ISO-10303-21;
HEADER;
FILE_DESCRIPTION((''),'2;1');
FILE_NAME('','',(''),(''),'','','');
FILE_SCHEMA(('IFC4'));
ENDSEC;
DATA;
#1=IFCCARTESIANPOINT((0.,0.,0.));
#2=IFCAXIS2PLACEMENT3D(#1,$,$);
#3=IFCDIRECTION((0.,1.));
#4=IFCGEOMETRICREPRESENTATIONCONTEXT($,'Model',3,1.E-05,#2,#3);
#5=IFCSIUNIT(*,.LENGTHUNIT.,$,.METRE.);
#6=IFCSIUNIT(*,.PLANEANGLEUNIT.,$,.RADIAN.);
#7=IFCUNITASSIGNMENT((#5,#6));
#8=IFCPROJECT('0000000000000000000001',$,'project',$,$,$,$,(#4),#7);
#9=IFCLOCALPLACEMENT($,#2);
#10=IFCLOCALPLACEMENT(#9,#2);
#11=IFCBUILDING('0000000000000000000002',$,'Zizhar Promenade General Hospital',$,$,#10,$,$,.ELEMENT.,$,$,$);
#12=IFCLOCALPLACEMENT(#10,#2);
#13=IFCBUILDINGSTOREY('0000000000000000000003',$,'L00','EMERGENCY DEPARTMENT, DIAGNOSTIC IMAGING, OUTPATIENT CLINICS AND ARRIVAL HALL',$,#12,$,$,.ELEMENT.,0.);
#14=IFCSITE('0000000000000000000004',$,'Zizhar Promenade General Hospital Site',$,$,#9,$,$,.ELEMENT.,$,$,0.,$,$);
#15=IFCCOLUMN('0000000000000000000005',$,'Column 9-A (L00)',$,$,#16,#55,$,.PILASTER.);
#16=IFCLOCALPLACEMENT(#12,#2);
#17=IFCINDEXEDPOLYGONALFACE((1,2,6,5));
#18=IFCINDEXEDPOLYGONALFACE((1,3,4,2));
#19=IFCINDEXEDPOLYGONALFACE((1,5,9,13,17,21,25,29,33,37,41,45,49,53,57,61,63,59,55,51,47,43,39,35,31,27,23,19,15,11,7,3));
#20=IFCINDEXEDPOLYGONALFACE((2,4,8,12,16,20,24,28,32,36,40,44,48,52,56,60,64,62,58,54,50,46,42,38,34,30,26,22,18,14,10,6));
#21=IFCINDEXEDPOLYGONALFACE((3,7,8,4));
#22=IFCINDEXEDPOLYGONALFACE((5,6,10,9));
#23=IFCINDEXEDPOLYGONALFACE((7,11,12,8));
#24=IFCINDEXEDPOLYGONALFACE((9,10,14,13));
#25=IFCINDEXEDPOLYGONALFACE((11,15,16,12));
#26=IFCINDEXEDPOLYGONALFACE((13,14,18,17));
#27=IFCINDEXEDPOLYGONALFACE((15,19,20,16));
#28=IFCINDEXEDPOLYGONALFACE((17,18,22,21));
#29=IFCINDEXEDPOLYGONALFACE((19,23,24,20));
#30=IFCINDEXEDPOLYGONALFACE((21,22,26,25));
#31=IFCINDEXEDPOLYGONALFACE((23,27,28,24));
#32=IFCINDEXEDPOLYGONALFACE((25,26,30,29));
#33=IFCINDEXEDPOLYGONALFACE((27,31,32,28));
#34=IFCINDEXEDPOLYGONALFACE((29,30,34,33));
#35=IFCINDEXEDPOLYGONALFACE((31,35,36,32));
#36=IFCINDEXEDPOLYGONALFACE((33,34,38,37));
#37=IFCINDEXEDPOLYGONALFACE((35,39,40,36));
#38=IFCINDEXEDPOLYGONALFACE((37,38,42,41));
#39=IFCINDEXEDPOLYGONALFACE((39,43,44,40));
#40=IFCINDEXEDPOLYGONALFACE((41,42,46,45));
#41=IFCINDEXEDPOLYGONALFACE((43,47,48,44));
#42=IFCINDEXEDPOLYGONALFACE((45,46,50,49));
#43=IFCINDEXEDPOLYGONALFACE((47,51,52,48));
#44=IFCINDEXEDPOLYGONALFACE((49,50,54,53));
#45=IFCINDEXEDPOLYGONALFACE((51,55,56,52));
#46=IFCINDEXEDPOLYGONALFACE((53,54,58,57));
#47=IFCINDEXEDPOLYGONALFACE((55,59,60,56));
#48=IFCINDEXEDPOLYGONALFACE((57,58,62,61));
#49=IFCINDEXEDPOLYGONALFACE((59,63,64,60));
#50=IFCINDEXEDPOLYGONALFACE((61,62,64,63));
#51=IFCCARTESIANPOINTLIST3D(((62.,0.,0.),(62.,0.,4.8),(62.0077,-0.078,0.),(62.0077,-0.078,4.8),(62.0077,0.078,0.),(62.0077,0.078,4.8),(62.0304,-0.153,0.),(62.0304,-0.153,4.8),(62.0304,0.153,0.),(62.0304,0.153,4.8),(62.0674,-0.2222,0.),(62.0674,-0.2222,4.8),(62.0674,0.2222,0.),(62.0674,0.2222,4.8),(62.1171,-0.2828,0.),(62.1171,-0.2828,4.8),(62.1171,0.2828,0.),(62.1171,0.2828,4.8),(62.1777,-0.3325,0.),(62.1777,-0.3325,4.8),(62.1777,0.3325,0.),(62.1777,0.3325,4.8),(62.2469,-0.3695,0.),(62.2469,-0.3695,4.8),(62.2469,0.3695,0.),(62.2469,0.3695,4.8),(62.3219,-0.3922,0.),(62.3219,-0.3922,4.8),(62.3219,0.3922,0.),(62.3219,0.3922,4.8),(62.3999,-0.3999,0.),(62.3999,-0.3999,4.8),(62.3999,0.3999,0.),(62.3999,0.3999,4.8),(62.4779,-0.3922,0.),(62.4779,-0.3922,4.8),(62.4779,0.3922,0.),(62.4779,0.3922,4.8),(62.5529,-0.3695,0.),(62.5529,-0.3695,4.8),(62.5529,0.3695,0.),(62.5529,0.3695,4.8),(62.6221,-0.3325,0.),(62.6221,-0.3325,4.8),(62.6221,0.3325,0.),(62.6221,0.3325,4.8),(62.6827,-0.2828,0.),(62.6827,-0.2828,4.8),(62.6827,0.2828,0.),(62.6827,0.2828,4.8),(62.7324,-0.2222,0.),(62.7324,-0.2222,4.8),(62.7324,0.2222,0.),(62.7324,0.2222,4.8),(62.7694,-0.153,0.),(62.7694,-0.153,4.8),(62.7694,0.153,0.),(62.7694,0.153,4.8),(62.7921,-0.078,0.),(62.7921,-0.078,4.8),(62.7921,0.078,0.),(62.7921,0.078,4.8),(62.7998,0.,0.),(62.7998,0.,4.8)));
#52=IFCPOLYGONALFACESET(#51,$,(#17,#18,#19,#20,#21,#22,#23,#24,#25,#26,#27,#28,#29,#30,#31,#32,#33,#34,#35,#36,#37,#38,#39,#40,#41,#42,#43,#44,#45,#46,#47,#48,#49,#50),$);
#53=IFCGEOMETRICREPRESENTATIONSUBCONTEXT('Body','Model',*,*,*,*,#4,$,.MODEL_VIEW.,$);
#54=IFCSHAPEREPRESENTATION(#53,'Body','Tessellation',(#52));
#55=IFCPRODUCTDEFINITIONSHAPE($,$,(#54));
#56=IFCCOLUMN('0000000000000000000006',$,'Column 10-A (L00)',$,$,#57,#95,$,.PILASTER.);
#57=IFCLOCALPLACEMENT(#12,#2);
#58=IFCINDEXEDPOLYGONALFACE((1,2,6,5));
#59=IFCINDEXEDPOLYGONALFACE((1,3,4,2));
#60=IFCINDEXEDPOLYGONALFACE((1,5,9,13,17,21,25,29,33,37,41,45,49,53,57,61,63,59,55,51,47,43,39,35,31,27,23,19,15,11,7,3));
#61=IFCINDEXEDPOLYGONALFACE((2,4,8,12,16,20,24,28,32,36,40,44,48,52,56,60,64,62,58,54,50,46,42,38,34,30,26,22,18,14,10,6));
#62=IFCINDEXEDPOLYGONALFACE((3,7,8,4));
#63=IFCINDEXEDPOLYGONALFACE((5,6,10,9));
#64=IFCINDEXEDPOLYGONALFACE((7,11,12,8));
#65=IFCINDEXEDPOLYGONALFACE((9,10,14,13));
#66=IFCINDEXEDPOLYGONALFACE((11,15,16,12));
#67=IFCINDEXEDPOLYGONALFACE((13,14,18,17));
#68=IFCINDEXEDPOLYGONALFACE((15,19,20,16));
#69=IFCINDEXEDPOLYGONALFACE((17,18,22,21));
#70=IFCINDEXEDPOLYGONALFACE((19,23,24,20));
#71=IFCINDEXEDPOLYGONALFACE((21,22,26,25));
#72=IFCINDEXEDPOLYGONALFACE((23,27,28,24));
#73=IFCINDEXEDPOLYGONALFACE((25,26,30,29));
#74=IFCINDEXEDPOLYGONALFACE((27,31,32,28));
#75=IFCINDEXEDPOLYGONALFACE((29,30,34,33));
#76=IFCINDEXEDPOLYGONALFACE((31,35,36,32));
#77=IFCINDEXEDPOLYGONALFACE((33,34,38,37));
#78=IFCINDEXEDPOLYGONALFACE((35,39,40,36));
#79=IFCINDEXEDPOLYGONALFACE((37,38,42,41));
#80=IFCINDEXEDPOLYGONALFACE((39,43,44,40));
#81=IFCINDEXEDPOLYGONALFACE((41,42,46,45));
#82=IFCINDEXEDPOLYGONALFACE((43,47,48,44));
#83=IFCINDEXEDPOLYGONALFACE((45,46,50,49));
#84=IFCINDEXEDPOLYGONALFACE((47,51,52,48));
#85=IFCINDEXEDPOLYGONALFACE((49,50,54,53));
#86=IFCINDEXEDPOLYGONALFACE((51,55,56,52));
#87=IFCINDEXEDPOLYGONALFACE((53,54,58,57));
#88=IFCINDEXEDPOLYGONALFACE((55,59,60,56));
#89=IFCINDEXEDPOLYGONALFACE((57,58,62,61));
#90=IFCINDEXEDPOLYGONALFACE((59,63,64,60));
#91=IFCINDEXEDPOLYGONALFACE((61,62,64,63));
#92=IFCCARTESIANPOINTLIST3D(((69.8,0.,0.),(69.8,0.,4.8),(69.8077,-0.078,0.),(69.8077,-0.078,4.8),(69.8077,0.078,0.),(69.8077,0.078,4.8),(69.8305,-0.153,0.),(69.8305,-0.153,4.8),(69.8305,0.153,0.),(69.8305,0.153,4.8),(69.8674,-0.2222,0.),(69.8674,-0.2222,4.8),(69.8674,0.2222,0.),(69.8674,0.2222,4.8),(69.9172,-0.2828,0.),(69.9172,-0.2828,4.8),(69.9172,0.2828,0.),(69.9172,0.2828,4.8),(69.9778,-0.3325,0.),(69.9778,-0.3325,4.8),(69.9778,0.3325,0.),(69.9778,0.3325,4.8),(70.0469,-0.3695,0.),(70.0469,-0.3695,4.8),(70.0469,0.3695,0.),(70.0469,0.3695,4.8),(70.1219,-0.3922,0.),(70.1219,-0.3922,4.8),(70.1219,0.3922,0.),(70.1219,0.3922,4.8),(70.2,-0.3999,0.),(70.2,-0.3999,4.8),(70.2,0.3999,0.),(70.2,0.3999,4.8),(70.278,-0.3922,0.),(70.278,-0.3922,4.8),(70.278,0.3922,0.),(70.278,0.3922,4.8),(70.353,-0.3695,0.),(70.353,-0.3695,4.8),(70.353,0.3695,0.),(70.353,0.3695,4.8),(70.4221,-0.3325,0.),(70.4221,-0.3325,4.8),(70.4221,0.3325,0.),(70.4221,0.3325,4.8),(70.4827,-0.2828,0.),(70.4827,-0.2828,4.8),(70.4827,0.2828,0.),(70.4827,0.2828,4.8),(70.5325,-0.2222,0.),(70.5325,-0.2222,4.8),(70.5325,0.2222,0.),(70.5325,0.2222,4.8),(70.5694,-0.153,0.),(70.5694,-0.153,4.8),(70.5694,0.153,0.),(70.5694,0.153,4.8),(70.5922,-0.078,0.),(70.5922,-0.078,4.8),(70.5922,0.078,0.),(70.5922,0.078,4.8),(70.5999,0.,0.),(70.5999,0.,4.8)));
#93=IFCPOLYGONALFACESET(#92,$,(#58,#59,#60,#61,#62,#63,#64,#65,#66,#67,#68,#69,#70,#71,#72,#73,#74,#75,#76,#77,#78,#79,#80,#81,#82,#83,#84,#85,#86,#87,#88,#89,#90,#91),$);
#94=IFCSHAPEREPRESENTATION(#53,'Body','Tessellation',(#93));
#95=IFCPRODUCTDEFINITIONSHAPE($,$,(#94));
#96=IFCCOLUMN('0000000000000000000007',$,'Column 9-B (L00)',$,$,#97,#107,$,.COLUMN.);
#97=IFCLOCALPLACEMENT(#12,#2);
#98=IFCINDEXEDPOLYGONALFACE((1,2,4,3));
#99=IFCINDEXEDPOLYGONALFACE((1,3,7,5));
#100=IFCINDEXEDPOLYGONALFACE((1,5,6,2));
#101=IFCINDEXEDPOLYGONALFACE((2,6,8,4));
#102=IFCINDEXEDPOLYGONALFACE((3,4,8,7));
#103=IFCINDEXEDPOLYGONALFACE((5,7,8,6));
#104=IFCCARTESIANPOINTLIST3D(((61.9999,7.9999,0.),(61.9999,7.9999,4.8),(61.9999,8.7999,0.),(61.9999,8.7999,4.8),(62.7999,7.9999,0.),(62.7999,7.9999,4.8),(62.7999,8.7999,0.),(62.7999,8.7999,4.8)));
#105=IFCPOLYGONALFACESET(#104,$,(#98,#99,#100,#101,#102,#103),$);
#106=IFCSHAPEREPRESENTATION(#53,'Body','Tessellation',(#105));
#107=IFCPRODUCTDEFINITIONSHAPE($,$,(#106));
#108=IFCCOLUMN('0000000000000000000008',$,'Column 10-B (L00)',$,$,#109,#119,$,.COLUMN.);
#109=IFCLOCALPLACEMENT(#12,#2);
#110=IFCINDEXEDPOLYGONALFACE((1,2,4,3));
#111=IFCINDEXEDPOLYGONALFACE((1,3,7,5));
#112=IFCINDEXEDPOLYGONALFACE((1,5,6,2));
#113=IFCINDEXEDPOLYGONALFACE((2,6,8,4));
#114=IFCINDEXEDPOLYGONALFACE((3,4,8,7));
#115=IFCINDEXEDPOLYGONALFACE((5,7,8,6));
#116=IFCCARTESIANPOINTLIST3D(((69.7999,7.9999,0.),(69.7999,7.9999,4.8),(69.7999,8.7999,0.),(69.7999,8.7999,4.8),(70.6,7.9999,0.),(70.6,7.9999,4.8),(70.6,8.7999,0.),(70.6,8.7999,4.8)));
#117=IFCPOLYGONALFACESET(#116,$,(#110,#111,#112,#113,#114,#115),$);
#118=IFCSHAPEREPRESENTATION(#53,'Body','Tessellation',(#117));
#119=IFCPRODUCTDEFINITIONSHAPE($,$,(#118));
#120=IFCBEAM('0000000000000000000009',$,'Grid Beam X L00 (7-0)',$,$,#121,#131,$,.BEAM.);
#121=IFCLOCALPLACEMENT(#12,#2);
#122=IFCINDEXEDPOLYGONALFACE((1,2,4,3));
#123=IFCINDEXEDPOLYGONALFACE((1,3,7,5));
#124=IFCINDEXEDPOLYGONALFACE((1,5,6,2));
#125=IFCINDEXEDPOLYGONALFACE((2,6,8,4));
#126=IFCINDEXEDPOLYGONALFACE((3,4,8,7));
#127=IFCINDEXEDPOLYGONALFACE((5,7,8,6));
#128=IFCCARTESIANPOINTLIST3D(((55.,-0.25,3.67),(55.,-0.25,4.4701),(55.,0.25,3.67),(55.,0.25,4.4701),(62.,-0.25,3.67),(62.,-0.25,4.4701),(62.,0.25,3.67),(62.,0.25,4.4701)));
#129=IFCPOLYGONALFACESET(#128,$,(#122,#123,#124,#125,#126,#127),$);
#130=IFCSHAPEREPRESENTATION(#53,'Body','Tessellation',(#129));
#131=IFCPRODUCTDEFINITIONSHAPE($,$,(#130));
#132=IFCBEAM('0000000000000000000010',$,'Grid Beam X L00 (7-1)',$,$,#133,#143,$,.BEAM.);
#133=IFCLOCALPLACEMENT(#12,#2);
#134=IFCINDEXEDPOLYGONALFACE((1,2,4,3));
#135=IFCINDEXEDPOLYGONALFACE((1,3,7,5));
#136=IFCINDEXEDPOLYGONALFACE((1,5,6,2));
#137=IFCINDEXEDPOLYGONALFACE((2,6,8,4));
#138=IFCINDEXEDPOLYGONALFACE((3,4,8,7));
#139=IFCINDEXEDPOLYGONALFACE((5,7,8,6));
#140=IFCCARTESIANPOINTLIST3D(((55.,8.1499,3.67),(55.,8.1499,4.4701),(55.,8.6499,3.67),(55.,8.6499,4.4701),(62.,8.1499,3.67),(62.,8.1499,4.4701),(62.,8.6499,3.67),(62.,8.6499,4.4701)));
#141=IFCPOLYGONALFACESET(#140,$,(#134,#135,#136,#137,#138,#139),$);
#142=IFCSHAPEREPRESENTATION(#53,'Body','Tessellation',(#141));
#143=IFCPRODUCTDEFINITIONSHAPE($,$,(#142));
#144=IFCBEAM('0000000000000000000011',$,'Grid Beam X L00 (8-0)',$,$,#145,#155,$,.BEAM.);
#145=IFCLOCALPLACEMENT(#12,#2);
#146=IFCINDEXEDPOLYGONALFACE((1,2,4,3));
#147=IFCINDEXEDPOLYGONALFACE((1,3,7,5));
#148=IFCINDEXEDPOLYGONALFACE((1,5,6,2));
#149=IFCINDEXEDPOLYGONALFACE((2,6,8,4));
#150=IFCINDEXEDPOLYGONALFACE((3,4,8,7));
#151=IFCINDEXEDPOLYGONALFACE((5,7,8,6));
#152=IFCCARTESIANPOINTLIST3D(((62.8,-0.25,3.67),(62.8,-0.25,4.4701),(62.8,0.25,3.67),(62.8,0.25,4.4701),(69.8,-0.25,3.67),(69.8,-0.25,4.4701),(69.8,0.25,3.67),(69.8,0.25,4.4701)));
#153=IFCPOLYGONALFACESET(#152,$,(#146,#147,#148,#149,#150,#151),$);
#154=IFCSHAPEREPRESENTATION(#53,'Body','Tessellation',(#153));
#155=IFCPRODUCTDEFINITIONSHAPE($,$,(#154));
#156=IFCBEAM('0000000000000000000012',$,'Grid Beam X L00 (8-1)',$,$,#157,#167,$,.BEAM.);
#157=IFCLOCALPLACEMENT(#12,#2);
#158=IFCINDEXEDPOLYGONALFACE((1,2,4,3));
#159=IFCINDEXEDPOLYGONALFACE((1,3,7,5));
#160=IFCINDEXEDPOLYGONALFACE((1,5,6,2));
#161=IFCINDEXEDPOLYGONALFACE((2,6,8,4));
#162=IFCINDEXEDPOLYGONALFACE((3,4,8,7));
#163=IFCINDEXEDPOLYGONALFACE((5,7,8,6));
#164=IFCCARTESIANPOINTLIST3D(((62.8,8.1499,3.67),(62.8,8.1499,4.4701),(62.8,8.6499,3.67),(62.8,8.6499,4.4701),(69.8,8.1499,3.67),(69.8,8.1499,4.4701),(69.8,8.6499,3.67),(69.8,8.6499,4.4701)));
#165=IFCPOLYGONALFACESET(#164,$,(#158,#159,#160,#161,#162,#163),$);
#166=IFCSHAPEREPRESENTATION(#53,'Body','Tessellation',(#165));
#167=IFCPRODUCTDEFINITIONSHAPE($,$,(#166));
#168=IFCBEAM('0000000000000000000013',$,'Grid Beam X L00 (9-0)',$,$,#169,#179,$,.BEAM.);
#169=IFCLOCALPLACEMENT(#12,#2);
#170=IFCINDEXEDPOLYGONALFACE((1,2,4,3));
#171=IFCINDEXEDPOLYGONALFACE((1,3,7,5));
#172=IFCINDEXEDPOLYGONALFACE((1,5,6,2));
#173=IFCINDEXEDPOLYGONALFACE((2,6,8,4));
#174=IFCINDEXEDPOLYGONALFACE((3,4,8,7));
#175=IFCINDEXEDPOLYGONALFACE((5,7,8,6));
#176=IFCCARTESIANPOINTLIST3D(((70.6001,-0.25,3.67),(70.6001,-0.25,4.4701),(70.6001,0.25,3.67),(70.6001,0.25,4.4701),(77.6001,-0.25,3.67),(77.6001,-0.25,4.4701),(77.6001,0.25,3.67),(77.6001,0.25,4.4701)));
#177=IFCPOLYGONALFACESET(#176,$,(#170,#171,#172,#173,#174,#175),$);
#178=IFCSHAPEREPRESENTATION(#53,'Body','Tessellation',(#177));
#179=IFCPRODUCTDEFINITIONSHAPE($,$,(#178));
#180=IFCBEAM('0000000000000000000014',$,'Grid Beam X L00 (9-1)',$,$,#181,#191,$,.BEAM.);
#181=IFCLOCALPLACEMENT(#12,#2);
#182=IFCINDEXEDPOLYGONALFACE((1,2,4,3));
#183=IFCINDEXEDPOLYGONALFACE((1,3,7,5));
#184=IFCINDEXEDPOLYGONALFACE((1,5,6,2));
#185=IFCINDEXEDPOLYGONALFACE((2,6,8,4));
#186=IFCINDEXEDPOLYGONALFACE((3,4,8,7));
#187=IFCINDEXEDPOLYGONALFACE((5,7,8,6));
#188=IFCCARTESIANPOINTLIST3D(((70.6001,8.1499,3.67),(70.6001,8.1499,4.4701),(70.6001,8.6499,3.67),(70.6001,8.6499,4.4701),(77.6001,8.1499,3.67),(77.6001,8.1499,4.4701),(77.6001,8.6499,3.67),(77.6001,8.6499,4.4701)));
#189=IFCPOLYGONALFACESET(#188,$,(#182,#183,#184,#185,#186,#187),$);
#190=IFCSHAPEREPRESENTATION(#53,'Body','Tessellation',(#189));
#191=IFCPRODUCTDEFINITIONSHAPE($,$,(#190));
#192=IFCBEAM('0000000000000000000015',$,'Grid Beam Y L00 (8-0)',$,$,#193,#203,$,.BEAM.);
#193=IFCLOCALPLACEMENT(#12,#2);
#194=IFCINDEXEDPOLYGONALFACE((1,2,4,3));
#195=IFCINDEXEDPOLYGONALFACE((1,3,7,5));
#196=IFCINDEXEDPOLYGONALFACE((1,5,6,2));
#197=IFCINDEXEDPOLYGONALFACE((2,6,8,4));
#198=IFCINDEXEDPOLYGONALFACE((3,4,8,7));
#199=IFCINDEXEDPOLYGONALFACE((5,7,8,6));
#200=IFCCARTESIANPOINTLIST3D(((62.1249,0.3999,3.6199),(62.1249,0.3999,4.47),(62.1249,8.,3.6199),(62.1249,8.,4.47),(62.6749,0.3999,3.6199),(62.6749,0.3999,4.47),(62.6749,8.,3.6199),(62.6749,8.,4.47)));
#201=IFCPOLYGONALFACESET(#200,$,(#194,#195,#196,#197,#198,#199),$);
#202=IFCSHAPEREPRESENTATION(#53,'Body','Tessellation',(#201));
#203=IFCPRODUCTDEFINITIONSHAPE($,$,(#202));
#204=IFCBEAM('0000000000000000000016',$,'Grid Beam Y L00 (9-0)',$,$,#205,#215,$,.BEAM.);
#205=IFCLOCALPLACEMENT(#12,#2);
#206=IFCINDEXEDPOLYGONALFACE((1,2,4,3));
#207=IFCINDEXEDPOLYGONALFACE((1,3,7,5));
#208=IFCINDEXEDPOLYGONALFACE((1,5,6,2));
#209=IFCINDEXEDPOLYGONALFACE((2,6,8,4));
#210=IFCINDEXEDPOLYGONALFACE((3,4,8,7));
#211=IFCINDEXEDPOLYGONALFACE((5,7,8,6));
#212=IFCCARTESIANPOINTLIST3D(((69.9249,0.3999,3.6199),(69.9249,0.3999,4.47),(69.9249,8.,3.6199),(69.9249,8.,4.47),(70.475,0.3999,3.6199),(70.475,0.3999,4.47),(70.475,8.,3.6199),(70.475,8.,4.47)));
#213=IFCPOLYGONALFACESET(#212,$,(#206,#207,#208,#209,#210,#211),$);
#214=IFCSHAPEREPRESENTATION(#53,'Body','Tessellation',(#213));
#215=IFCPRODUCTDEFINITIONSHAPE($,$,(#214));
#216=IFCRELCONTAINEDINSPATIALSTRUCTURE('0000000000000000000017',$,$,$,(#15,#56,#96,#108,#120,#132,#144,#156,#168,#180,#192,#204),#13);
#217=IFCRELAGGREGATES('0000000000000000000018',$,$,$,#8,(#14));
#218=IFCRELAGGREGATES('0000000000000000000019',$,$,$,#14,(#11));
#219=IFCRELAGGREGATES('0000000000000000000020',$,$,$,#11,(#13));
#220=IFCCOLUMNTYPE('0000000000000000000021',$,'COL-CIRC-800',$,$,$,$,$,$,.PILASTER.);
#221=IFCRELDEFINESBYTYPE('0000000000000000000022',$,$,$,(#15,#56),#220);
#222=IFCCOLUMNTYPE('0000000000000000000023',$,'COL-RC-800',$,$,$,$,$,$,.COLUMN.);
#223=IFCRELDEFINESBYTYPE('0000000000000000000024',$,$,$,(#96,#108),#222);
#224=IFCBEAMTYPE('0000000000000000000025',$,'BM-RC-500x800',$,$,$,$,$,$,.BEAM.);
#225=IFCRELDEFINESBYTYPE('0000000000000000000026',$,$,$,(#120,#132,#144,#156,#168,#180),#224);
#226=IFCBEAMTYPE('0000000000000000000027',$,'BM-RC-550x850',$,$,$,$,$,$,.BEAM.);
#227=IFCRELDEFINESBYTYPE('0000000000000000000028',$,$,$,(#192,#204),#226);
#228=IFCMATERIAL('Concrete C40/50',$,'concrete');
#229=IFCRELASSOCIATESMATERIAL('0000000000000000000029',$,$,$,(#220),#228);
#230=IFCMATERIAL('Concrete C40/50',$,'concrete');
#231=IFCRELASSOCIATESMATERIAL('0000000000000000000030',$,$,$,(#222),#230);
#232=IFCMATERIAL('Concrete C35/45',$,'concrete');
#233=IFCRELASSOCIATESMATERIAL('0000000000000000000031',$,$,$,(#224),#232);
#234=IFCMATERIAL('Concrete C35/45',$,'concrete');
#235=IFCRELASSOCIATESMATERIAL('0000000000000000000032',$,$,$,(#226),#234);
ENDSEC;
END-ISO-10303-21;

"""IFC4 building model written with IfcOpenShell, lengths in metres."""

from ifc_helpers import new_model, si_unit, direction, frame, origin, origin_2d, place, context, subcontext, project, spatial, rectangle, circle, extrude, material, material_profile, profile_set, type_object, element, save


model = new_model("IFC4")

# Units and contexts
model_context = context("Model", 3, precision=1e-05, world=origin(), true_north=direction((0.0, 1.0)))
body_context = subcontext(model_context, "Body", "Model", "MODEL_VIEW")
ifc_project = project(units=[si_unit("LENGTHUNIT", "METRE"), si_unit("PLANEANGLEUNIT", "RADIAN")], contexts=[model_context])

# Site, building, storey
site_placement = place(None, origin())
site = spatial("IfcSite", under=ifc_project, at=site_placement, Name="Zizhar Promenade General Hospital Site", CompositionType="ELEMENT", RefElevation=0.0)
building_placement = place(site_placement, origin())
building = spatial("IfcBuilding", under=site, at=building_placement, Name="Zizhar Promenade General Hospital", CompositionType="ELEMENT")
storey_placement = place(building_placement, origin())
storey = spatial("IfcBuildingStorey", under=building, at=storey_placement, Name="L00", Description="EMERGENCY DEPARTMENT, DIAGNOSTIC IMAGING, OUTPATIENT CLINICS AND ARRIVAL HALL", CompositionType="ELEMENT", Elevation=0.0)

# Columns
ifc_material_1 = material(Name="Concrete C40/50", Category="concrete")
ifc_material_profile_1 = material_profile(ifc_material_1, circle(Radius=0.3999, at=origin_2d()))
ifc_profile_set_1 = profile_set([ifc_material_profile_1], Name="Concrete C40/50")
column_type_1 = type_object("IfcColumnType", Name="COL-CIRC-800", PredefinedType="PILASTER", material=ifc_profile_set_1)
for number, where, z_axis, x_axis, name in (
    (1, (62.3999, 0.0, 0.0), (0.0, 0.0, 1.0), (1.0, 0.0, 0.0), "Column 9-A (L00)"),
    (2, (70.2, 0.0, 0.0), (0.0, 0.0, 1.0), (1.0, 0.0, 0.0), "Column 10-A (L00)"),
):
    element("IfcColumn", number, at=place(storey_placement, frame(where, z_axis=z_axis, x_axis=x_axis)), inside=storey, type_object=column_type_1, Name=name, PredefinedType="PILASTER", context=body_context, shape_type="SweptSolid", body=[
        extrude(circle(Radius=0.3999, at=origin_2d()), origin(), (0.0, 0.0, 1.0), 4.8),
    ])
ifc_material_2 = material(Name="Concrete C40/50", Category="concrete")
ifc_material_profile_2 = material_profile(ifc_material_2, rectangle(XDim=0.8, YDim=0.8, at=origin_2d()))
ifc_profile_set_2 = profile_set([ifc_material_profile_2], Name="Concrete C40/50")
column_type_2 = type_object("IfcColumnType", Name="COL-RC-800", PredefinedType="COLUMN", material=ifc_profile_set_2)
for number, where, z_axis, x_axis, name in (
    (3, (62.3999, 8.3999, 0.0), (0.0, 0.0, 1.0), (1.0, 0.0, 0.0), "Column 9-B (L00)"),
    (4, (70.2, 8.3999, 0.0), (0.0, 0.0, 1.0), (1.0, 0.0, 0.0), "Column 10-B (L00)"),
):
    element("IfcColumn", number, at=place(storey_placement, frame(where, z_axis=z_axis, x_axis=x_axis)), inside=storey, type_object=column_type_2, Name=name, PredefinedType="COLUMN", context=body_context, shape_type="SweptSolid", body=[
        extrude(rectangle(XDim=0.8, YDim=0.8, at=origin_2d()), origin(), (0.0, 0.0, 1.0), 4.8),
    ])

# Beams
ifc_material_3 = material(Name="Concrete C35/45", Category="concrete")
ifc_material_profile_3 = material_profile(ifc_material_3, rectangle(XDim=0.5, YDim=0.8, at=origin_2d()))
ifc_profile_set_3 = profile_set([ifc_material_profile_3], Name="Concrete C35/45")
beam_type_1 = type_object("IfcBeamType", Name="BM-RC-500x800", PredefinedType="BEAM", material=ifc_profile_set_3)
for number, where, z_axis, x_axis, name in (
    (5, (55.0, 0.0, 4.0701), (1.0, 0.0, 0.0), (0.0, 1.0, 0.0), "Grid Beam X L00 (7-0)"),
    (6, (55.0, 8.3999, 4.0701), (1.0, 0.0, 0.0), (0.0, 1.0, 0.0), "Grid Beam X L00 (7-1)"),
    (7, (62.8, 0.0, 4.0701), (1.0, 0.0, 0.0), (0.0, 1.0, 0.0), "Grid Beam X L00 (8-0)"),
    (8, (62.8, 8.3999, 4.0701), (1.0, 0.0, 0.0), (0.0, 1.0, 0.0), "Grid Beam X L00 (8-1)"),
    (9, (70.6001, 0.0, 4.0701), (1.0, 0.0, 0.0), (0.0, 1.0, 0.0), "Grid Beam X L00 (9-0)"),
    (10, (70.6001, 8.3999, 4.0701), (1.0, 0.0, 0.0), (0.0, 1.0, 0.0), "Grid Beam X L00 (9-1)"),
):
    element("IfcBeam", number, at=place(storey_placement, frame(where, z_axis=z_axis, x_axis=x_axis)), inside=storey, type_object=beam_type_1, Name=name, PredefinedType="BEAM", context=body_context, shape_type="SweptSolid", body=[
        extrude(rectangle(XDim=0.5, YDim=0.8, at=origin_2d()), origin(), (0.0, 0.0, 1.0), 7.0),
    ])
ifc_material_4 = material(Name="Concrete C35/45", Category="concrete")
ifc_material_profile_4 = material_profile(ifc_material_4, rectangle(XDim=0.55, YDim=0.8501, at=origin_2d()))
ifc_profile_set_4 = profile_set([ifc_material_profile_4], Name="Concrete C35/45")
beam_type_2 = type_object("IfcBeamType", Name="BM-RC-550x850", PredefinedType="BEAM", material=ifc_profile_set_4)
for number, where, z_axis, x_axis, name in (
    (11, (62.3999, 0.3999, 4.0449), (0.0, 1.0, 0.0), (-1.0, 0.0, 0.0), "Grid Beam Y L00 (8-0)"),
    (12, (70.2, 0.3999, 4.0449), (0.0, 1.0, 0.0), (-1.0, 0.0, 0.0), "Grid Beam Y L00 (9-0)"),
):
    element("IfcBeam", number, at=place(storey_placement, frame(where, z_axis=z_axis, x_axis=x_axis)), inside=storey, type_object=beam_type_2, Name=name, PredefinedType="BEAM", context=body_context, shape_type="SweptSolid", body=[
        extrude(rectangle(XDim=0.55, YDim=0.8501, at=origin_2d()), origin(), (0.0, 0.0, 1.0), 7.6001),
    ])

save(model, "model.ifc")
